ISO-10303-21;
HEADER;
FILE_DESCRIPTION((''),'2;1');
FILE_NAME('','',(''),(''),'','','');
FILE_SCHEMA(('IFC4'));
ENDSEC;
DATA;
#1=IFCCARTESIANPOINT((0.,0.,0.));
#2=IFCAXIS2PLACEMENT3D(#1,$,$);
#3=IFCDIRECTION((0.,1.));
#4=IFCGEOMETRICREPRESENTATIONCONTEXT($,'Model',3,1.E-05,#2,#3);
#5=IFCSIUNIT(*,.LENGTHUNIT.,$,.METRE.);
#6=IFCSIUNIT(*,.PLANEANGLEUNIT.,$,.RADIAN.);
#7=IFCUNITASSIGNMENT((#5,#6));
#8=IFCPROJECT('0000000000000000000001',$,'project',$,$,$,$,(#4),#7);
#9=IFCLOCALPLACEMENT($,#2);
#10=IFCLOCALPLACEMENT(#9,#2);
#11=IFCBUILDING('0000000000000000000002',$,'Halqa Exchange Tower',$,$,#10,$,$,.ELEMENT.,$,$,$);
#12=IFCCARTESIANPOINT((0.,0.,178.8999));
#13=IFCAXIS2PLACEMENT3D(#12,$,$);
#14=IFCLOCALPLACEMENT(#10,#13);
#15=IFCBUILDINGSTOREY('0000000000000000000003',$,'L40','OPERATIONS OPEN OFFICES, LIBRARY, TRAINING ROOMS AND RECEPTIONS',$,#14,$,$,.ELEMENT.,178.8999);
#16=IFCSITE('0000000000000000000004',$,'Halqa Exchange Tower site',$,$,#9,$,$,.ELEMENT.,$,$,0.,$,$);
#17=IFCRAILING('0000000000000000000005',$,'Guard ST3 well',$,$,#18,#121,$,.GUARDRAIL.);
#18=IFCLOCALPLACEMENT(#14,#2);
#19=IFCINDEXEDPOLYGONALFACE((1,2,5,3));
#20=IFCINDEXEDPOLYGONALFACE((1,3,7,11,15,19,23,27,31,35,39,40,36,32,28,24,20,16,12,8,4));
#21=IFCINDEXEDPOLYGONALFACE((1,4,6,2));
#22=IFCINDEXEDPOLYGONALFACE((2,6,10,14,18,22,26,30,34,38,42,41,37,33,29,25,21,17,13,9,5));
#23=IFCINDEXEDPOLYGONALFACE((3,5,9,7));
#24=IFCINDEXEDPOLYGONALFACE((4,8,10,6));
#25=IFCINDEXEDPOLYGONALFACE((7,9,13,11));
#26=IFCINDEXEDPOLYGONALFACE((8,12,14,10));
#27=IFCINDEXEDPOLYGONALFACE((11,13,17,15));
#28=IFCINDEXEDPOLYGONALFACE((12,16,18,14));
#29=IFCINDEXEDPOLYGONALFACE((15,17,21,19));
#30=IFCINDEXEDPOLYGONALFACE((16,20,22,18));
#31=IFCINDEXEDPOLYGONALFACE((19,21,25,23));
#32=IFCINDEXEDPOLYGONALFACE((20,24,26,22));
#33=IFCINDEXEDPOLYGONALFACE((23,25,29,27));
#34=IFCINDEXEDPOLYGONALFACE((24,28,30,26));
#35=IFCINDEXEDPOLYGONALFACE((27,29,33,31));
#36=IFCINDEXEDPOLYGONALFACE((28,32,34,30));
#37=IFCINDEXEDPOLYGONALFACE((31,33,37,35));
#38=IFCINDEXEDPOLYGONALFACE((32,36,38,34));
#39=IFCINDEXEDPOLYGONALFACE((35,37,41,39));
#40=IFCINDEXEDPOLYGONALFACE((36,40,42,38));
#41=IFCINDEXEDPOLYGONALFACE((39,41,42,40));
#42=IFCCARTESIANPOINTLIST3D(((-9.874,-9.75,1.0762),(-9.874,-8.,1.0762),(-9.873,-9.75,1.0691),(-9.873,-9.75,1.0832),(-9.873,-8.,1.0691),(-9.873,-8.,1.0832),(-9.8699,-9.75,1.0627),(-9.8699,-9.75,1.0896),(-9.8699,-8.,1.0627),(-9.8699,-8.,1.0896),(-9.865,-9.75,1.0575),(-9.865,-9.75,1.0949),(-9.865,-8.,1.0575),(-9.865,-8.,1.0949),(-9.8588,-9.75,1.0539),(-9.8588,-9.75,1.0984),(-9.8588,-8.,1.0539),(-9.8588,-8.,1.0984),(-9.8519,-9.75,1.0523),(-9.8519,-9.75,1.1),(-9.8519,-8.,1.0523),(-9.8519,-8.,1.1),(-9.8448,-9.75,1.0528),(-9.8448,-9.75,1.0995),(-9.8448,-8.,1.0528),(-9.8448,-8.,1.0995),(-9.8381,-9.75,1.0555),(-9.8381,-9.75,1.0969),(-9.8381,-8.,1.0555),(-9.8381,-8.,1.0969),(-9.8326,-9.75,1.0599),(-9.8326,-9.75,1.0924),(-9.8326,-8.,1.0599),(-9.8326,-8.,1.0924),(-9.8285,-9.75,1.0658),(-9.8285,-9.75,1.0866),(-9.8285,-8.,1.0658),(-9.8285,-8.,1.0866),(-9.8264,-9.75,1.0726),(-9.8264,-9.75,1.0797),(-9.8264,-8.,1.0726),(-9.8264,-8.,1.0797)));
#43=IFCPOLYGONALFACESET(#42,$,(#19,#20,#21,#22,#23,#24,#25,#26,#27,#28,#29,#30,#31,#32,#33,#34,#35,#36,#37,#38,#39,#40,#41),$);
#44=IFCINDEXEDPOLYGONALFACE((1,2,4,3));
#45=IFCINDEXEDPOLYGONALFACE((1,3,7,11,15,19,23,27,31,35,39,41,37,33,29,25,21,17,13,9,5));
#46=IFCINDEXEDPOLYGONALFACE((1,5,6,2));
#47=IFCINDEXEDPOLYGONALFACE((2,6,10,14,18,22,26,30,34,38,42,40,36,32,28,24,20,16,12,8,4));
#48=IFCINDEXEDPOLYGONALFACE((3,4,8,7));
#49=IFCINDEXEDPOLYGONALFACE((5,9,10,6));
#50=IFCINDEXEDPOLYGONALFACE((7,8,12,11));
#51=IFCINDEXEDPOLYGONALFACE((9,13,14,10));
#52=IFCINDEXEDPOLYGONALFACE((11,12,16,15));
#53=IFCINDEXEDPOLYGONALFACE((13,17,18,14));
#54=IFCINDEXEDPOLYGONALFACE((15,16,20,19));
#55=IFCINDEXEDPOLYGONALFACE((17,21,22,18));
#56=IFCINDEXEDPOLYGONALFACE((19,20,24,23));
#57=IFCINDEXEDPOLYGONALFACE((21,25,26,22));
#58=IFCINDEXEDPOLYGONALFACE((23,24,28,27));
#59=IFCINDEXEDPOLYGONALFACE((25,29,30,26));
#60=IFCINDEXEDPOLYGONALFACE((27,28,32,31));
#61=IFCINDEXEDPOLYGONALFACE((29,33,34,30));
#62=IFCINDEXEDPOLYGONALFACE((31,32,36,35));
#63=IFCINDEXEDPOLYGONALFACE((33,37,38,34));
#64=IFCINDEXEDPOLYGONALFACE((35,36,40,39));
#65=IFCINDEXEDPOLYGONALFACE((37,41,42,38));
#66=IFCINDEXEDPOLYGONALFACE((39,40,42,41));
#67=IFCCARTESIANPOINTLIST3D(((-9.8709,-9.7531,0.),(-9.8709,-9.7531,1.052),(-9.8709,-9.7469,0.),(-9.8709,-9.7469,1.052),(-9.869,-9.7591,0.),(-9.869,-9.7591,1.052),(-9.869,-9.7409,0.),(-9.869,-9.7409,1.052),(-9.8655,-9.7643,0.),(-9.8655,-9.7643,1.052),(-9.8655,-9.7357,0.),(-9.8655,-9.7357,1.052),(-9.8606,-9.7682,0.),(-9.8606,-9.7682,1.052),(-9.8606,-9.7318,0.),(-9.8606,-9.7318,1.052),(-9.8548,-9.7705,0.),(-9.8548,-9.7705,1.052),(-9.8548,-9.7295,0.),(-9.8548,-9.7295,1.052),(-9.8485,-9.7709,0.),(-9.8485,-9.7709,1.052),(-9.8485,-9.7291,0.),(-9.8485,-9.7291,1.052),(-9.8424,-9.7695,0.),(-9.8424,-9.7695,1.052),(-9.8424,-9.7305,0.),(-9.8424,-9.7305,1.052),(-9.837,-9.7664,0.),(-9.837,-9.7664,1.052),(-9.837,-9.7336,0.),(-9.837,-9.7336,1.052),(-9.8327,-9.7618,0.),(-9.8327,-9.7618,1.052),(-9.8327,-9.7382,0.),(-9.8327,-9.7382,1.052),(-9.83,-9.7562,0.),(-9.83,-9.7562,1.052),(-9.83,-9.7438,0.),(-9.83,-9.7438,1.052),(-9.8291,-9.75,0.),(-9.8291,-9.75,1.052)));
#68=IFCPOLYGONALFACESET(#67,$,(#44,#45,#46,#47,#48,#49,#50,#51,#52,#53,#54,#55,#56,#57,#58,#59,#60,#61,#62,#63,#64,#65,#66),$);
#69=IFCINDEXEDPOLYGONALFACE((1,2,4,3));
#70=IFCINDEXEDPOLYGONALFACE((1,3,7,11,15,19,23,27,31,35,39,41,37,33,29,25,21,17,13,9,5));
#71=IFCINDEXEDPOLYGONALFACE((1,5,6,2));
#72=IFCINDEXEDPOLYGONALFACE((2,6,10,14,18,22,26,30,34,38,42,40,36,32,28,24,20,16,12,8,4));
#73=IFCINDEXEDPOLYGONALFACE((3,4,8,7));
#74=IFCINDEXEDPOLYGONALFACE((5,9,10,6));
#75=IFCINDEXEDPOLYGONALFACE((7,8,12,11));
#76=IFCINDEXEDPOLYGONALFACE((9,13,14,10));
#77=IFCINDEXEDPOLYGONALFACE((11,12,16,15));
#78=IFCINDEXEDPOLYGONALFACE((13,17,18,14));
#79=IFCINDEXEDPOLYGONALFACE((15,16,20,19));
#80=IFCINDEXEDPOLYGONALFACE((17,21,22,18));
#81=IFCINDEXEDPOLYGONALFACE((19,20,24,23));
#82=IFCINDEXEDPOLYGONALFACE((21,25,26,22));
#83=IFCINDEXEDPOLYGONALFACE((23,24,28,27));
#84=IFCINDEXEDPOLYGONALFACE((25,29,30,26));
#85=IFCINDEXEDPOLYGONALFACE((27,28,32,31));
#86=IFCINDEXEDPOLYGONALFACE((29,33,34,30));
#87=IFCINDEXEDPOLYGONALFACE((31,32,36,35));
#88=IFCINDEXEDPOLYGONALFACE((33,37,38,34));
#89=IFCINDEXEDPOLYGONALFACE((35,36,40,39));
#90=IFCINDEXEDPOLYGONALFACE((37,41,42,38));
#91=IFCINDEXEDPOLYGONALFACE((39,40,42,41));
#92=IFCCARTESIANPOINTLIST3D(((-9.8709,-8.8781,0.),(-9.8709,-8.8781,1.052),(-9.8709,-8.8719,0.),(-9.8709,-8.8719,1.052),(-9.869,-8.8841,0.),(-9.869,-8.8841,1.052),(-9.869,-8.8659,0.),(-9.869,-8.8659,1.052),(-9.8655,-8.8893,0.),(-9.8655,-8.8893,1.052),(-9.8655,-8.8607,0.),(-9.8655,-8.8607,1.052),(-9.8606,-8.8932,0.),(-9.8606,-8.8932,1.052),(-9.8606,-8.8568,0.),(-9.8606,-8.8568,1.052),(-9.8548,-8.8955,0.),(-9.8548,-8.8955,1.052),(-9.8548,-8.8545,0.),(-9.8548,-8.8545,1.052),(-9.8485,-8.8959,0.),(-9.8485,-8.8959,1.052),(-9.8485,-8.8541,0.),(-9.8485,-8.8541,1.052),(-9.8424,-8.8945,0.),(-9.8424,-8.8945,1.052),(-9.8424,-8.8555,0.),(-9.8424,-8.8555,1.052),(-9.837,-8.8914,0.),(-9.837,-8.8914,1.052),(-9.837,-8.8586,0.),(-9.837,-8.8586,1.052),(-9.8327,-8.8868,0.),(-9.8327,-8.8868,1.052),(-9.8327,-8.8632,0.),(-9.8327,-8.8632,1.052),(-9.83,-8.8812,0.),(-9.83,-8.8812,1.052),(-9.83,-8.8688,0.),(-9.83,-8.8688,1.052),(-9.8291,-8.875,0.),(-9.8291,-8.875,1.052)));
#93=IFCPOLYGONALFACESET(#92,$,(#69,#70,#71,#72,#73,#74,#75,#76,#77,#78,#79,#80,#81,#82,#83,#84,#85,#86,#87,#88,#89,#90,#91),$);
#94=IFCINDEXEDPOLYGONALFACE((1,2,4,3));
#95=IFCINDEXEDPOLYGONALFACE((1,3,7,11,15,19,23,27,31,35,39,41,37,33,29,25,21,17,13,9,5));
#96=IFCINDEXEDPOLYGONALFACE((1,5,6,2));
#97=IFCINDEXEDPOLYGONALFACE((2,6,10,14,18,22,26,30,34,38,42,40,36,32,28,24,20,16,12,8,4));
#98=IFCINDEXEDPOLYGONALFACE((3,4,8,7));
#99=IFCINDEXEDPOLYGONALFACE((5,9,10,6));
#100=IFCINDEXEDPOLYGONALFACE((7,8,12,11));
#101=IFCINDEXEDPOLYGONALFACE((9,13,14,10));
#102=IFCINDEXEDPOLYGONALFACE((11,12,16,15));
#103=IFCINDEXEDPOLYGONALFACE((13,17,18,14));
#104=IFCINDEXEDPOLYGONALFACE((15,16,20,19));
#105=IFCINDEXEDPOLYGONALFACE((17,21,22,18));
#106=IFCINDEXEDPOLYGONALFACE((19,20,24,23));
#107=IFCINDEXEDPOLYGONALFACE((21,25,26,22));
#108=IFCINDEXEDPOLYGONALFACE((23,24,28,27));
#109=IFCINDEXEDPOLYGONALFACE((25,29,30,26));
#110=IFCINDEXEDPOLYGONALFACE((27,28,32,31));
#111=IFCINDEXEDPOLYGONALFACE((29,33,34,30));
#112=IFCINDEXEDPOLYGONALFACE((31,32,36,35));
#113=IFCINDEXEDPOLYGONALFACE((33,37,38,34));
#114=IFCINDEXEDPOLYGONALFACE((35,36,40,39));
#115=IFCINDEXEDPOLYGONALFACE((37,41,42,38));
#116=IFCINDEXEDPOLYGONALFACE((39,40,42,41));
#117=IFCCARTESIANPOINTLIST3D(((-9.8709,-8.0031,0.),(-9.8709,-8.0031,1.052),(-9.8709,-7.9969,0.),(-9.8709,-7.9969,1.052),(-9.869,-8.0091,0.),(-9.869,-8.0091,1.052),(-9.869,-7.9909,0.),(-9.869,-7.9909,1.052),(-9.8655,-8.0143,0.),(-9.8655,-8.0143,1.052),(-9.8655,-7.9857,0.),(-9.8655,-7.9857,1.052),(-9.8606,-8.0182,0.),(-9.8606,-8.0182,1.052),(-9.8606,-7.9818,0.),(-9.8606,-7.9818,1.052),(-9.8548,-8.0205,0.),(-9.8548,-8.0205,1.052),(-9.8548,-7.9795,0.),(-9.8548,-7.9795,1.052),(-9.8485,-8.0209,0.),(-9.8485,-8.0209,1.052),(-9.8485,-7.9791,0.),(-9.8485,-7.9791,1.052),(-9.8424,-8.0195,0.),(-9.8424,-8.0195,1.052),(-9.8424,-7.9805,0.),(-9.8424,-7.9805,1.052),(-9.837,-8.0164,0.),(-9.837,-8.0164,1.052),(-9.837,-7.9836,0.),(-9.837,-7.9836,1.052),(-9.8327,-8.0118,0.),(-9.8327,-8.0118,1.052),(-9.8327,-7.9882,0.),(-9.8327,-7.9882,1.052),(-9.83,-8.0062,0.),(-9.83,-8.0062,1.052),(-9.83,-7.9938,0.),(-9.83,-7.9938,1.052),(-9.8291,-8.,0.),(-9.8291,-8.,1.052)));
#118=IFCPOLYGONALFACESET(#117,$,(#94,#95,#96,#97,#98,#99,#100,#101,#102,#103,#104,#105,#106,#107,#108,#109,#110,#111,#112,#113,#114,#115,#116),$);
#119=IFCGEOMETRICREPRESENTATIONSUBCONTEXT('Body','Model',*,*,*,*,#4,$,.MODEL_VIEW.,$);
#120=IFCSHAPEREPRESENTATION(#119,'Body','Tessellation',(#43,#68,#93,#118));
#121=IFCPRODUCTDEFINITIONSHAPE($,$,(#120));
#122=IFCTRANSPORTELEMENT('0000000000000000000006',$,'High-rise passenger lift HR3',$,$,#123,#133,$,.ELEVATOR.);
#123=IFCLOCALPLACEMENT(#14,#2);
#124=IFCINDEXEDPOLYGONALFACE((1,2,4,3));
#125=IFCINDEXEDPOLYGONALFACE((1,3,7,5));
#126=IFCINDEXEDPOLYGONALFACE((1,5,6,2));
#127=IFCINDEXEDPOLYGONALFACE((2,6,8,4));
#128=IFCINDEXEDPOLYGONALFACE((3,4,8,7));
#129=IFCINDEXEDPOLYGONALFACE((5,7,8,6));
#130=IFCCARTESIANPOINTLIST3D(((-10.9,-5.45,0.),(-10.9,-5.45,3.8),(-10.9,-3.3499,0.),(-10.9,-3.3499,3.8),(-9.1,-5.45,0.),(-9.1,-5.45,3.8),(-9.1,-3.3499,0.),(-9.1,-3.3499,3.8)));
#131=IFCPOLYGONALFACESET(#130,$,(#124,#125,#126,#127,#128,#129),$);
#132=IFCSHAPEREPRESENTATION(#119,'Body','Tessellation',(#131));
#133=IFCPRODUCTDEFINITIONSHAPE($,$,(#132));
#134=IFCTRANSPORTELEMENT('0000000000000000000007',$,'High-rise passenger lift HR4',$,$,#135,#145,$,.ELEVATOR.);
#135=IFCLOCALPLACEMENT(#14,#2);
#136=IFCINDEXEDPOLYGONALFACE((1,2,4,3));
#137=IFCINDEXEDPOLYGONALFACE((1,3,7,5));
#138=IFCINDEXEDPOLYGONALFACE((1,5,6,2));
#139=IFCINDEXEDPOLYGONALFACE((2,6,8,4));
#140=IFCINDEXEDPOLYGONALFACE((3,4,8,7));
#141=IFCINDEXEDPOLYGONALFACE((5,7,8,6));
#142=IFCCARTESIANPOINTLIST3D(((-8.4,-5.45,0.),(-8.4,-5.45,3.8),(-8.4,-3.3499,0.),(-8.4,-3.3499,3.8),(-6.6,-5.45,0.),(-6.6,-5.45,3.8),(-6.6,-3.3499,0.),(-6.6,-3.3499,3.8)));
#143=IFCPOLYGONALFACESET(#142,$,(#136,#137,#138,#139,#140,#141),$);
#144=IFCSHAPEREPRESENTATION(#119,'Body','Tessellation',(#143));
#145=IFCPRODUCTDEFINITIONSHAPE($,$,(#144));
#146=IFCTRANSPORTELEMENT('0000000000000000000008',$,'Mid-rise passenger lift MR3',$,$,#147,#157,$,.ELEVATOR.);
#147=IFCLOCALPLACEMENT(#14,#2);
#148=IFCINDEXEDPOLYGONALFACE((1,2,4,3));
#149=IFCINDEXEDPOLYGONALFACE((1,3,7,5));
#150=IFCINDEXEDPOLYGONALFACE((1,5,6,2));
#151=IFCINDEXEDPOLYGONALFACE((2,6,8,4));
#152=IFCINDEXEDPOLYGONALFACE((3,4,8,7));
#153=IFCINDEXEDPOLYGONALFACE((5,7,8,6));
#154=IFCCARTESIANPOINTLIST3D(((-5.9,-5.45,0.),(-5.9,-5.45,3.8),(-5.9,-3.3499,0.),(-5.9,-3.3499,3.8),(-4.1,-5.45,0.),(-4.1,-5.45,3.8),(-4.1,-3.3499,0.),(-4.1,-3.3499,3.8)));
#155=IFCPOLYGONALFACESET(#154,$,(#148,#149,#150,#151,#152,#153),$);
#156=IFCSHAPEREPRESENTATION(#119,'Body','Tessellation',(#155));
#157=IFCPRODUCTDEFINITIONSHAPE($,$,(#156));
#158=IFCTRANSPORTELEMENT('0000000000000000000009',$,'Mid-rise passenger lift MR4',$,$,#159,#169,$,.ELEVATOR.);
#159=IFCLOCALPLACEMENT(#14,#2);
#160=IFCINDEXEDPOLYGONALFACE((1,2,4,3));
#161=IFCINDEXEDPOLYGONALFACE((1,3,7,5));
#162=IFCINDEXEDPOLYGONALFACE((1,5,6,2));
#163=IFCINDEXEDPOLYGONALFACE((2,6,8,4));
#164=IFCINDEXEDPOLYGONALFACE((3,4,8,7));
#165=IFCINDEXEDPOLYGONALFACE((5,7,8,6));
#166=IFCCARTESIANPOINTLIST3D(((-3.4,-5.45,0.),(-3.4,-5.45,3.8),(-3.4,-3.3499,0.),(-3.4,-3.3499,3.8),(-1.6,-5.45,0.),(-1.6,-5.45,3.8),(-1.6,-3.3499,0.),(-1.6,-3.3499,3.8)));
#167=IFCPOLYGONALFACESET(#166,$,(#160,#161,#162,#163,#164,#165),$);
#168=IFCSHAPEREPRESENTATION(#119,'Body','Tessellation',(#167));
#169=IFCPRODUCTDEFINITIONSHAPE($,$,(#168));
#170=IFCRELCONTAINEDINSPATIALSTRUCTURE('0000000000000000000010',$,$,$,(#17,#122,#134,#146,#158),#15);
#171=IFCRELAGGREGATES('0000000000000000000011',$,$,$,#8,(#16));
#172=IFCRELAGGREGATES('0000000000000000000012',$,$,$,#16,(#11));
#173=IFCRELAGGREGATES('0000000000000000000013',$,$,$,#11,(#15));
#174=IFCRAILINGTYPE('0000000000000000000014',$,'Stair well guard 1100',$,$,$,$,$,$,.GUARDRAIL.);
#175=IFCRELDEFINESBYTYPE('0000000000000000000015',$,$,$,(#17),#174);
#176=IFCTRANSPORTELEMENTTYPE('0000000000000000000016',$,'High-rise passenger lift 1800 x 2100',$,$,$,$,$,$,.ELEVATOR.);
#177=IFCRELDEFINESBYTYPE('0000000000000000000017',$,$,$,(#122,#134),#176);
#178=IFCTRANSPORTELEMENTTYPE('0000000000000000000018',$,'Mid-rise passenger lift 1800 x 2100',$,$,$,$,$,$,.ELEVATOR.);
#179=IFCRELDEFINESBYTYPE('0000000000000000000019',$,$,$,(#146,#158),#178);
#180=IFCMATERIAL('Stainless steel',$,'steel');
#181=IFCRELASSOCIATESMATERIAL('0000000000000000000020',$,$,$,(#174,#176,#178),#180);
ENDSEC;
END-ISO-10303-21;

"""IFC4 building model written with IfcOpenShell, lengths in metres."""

from ifc_helpers import new_model, si_unit, direction, frame, origin, origin_2d, place, context, subcontext, project, spatial, rectangle, circle, extrude, material, type_object, element, save


model = new_model("IFC4")

# Units and contexts
model_context = context("Model", 3, precision=1e-05, world=origin(), true_north=direction((0.0, 1.0)))
body_context = subcontext(model_context, "Body", "Model", "MODEL_VIEW")
ifc_project = project(units=[si_unit("LENGTHUNIT", "METRE"), si_unit("PLANEANGLEUNIT", "RADIAN")], contexts=[model_context])

# Site, building, storey
site_placement = place(None, origin())
site = spatial("IfcSite", under=ifc_project, at=site_placement, Name="Halqa Exchange Tower site", CompositionType="ELEMENT", RefElevation=0.0)
building_placement = place(site_placement, origin())
building = spatial("IfcBuilding", under=site, at=building_placement, Name="Halqa Exchange Tower", CompositionType="ELEMENT")
storey_placement = place(building_placement, frame((0.0, 0.0, 178.8999)))
storey = spatial("IfcBuildingStorey", under=building, at=storey_placement, Name="L40", Description="OPERATIONS OPEN OFFICES, LIBRARY, TRAINING ROOMS AND RECEPTIONS", CompositionType="ELEMENT", Elevation=178.8999)

# Shared definitions
ifc_material_1 = material(Name="Stainless steel", Category="steel")

# Railing
railing_type_1 = type_object("IfcRailingType", Name="Stair well guard 1100", PredefinedType="GUARDRAIL", material=ifc_material_1)
railing_1_placement = place(storey_placement, frame((-9.8501, -9.75, 0.0)))
element("IfcRailing", 1, at=railing_1_placement, inside=storey, type_object=railing_type_1, Name="Guard ST3 well", PredefinedType="GUARDRAIL", context=body_context, shape_type="SweptSolid", body=[
    extrude(circle(Radius=0.0239, at=origin_2d()), frame((0.0, 0.0, 1.0762), z_axis=(0.0, 1.0, 0.0), x_axis=(-1.0, 0.0, 0.0)), (0.0, 0.0, 1.0), 1.75),
    extrude(circle(Radius=0.021, at=origin_2d()), origin(), (0.0, 0.0, 1.0), 1.052),
    extrude(circle(Radius=0.021, at=origin_2d()), frame((0.0, 0.875, 0.0)), (0.0, 0.0, 1.0), 1.052),
    extrude(circle(Radius=0.021, at=origin_2d()), frame((0.0, 1.75, 0.0)), (0.0, 0.0, 1.0), 1.052),
])

# Transport elements
transport_element_type_1 = type_object("IfcTransportElementType", Name="High-rise passenger lift 1800 x 2100", PredefinedType="ELEVATOR", material=ifc_material_1)
for number, where, z_axis, x_axis, name in (
    (2, (-10.0, -4.3999, 0.0), (0.0, 0.0, 1.0), (1.0, 0.0, 0.0), "High-rise passenger lift HR3"),
    (3, (-7.5, -4.3999, 0.0), (0.0, 0.0, 1.0), (1.0, 0.0, 0.0), "High-rise passenger lift HR4"),
):
    element("IfcTransportElement", number, at=place(storey_placement, frame(where, z_axis=z_axis, x_axis=x_axis)), inside=storey, type_object=transport_element_type_1, Name=name, PredefinedType="ELEVATOR", context=body_context, shape_type="SweptSolid", body=[
        extrude(rectangle(XDim=1.8, YDim=2.1001, at=origin_2d()), origin(), (0.0, 0.0, 1.0), 3.8),
    ])
transport_element_type_2 = type_object("IfcTransportElementType", Name="Mid-rise passenger lift 1800 x 2100", PredefinedType="ELEVATOR", material=ifc_material_1)
for number, where, z_axis, x_axis, name in (
    (4, (-5.0, -4.3999, 0.0), (0.0, 0.0, 1.0), (1.0, 0.0, 0.0), "Mid-rise passenger lift MR3"),
    (5, (-2.5, -4.3999, 0.0), (0.0, 0.0, 1.0), (1.0, 0.0, 0.0), "Mid-rise passenger lift MR4"),
):
    element("IfcTransportElement", number, at=place(storey_placement, frame(where, z_axis=z_axis, x_axis=x_axis)), inside=storey, type_object=transport_element_type_2, Name=name, PredefinedType="ELEVATOR", context=body_context, shape_type="SweptSolid", body=[
        extrude(rectangle(XDim=1.8, YDim=2.1001, at=origin_2d()), origin(), (0.0, 0.0, 1.0), 3.8),
    ])

save(model, "model.ifc")
